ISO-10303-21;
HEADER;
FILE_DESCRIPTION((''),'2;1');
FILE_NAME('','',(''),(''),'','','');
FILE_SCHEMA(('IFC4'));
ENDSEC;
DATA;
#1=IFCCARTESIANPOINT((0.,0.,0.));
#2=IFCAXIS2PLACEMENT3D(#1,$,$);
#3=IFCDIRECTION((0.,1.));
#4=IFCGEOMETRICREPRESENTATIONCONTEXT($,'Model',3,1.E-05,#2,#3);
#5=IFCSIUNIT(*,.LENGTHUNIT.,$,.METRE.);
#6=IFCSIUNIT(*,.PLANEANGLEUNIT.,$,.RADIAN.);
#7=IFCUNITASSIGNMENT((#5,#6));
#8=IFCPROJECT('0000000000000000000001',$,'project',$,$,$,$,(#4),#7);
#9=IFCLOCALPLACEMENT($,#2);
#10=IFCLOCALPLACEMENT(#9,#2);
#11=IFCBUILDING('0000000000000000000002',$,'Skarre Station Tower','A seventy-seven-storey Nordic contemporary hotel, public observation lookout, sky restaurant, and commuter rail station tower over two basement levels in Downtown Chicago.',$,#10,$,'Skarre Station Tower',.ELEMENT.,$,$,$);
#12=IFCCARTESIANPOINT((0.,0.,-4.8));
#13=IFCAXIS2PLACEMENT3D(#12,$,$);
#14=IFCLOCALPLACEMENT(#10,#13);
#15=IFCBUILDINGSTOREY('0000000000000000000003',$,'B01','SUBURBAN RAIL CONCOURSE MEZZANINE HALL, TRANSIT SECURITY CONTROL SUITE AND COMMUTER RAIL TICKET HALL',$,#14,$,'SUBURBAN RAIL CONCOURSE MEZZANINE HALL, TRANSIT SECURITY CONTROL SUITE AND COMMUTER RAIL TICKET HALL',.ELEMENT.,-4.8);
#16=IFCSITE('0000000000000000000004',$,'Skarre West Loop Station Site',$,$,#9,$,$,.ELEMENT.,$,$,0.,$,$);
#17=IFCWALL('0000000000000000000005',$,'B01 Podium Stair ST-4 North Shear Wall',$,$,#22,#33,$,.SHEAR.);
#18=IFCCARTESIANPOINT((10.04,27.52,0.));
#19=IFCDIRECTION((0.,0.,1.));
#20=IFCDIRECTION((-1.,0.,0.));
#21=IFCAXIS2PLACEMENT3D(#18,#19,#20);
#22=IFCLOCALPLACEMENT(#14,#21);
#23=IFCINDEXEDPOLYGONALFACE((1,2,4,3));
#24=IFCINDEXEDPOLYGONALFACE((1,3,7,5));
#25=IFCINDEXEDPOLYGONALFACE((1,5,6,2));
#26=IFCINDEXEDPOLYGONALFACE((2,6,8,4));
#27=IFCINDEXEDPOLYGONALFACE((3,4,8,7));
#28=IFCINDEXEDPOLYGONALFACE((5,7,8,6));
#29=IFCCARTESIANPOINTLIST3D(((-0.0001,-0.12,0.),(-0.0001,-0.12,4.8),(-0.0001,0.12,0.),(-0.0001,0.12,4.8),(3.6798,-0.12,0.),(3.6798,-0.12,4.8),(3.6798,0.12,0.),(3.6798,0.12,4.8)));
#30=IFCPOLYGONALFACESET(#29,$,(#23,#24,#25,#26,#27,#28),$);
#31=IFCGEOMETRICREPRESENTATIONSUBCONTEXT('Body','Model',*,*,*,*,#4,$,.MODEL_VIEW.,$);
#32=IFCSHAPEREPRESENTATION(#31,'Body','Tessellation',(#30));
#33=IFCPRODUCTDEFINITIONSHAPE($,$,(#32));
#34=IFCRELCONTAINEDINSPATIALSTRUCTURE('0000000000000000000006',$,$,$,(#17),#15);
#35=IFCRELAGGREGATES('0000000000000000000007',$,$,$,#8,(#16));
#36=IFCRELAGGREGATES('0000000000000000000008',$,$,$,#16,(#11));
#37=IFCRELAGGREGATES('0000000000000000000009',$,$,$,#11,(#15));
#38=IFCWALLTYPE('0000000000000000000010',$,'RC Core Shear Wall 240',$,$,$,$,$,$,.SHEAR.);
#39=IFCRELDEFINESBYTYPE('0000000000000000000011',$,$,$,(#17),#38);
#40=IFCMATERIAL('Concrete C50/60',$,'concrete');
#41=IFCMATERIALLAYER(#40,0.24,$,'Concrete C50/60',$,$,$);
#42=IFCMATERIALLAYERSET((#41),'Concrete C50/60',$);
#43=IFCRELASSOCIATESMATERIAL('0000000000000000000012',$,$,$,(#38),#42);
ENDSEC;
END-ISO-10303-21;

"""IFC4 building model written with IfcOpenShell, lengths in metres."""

from ifc_helpers import new_model, si_unit, direction, frame, frame_2d, origin, place, context, subcontext, project, spatial, rectangle, extrude, material, layer, layer_set, type_object, element, save


model = new_model("IFC4")

# Units and contexts
model_context = context("Model", 3, precision=1e-05, world=origin(), true_north=direction((0.0, 1.0)))
body_context = subcontext(model_context, "Body", "Model", "MODEL_VIEW")
ifc_project = project(units=[si_unit("LENGTHUNIT", "METRE"), si_unit("PLANEANGLEUNIT", "RADIAN")], contexts=[model_context])

# Site, building, storey
site_placement = place(None, origin())
site = spatial("IfcSite", under=ifc_project, at=site_placement, Name="Skarre West Loop Station Site", CompositionType="ELEMENT", RefElevation=0.0)
building_placement = place(site_placement, origin())
building = spatial("IfcBuilding", under=site, at=building_placement, Name="Skarre Station Tower", Description="A seventy-seven-storey Nordic contemporary hotel, public observation lookout, sky restaurant, and commuter rail station tower over two basement levels in Downtown Chicago.", LongName="Skarre Station Tower", CompositionType="ELEMENT")
storey_placement = place(building_placement, frame((0.0, 0.0, -4.8)))
storey = spatial("IfcBuildingStorey", under=building, at=storey_placement, Name="B01", Description="SUBURBAN RAIL CONCOURSE MEZZANINE HALL, TRANSIT SECURITY CONTROL SUITE AND COMMUTER RAIL TICKET HALL", LongName="SUBURBAN RAIL CONCOURSE MEZZANINE HALL, TRANSIT SECURITY CONTROL SUITE AND COMMUTER RAIL TICKET HALL", CompositionType="ELEMENT", Elevation=-4.8)

# Wall
ifc_material_1 = material(Name="Concrete C50/60", Category="concrete")
ifc_layer_1 = layer(ifc_material_1, 0.24, Name="Concrete C50/60")
ifc_layer_set_1 = layer_set([ifc_layer_1], Name="Concrete C50/60")
wall_type_1 = type_object("IfcWallType", Name="RC Core Shear Wall 240", PredefinedType="SHEAR", material=ifc_layer_set_1)
wall_1_placement = place(storey_placement, frame((10.04, 27.52, 0.0), z_axis=(0.0, 0.0, 1.0), x_axis=(-1.0, 0.0, 0.0)))
element("IfcWall", 1, at=wall_1_placement, inside=storey, type_object=wall_type_1, Name="B01 Podium Stair ST-4 North Shear Wall", PredefinedType="SHEAR", context=body_context, shape_type="SweptSolid", body=[
    extrude(rectangle(XDim=3.6799, YDim=0.24, at=frame_2d((1.8398, 0.0))), origin(), (0.0, 0.0, 1.0), 4.8),
])

save(model, "model.ifc")
